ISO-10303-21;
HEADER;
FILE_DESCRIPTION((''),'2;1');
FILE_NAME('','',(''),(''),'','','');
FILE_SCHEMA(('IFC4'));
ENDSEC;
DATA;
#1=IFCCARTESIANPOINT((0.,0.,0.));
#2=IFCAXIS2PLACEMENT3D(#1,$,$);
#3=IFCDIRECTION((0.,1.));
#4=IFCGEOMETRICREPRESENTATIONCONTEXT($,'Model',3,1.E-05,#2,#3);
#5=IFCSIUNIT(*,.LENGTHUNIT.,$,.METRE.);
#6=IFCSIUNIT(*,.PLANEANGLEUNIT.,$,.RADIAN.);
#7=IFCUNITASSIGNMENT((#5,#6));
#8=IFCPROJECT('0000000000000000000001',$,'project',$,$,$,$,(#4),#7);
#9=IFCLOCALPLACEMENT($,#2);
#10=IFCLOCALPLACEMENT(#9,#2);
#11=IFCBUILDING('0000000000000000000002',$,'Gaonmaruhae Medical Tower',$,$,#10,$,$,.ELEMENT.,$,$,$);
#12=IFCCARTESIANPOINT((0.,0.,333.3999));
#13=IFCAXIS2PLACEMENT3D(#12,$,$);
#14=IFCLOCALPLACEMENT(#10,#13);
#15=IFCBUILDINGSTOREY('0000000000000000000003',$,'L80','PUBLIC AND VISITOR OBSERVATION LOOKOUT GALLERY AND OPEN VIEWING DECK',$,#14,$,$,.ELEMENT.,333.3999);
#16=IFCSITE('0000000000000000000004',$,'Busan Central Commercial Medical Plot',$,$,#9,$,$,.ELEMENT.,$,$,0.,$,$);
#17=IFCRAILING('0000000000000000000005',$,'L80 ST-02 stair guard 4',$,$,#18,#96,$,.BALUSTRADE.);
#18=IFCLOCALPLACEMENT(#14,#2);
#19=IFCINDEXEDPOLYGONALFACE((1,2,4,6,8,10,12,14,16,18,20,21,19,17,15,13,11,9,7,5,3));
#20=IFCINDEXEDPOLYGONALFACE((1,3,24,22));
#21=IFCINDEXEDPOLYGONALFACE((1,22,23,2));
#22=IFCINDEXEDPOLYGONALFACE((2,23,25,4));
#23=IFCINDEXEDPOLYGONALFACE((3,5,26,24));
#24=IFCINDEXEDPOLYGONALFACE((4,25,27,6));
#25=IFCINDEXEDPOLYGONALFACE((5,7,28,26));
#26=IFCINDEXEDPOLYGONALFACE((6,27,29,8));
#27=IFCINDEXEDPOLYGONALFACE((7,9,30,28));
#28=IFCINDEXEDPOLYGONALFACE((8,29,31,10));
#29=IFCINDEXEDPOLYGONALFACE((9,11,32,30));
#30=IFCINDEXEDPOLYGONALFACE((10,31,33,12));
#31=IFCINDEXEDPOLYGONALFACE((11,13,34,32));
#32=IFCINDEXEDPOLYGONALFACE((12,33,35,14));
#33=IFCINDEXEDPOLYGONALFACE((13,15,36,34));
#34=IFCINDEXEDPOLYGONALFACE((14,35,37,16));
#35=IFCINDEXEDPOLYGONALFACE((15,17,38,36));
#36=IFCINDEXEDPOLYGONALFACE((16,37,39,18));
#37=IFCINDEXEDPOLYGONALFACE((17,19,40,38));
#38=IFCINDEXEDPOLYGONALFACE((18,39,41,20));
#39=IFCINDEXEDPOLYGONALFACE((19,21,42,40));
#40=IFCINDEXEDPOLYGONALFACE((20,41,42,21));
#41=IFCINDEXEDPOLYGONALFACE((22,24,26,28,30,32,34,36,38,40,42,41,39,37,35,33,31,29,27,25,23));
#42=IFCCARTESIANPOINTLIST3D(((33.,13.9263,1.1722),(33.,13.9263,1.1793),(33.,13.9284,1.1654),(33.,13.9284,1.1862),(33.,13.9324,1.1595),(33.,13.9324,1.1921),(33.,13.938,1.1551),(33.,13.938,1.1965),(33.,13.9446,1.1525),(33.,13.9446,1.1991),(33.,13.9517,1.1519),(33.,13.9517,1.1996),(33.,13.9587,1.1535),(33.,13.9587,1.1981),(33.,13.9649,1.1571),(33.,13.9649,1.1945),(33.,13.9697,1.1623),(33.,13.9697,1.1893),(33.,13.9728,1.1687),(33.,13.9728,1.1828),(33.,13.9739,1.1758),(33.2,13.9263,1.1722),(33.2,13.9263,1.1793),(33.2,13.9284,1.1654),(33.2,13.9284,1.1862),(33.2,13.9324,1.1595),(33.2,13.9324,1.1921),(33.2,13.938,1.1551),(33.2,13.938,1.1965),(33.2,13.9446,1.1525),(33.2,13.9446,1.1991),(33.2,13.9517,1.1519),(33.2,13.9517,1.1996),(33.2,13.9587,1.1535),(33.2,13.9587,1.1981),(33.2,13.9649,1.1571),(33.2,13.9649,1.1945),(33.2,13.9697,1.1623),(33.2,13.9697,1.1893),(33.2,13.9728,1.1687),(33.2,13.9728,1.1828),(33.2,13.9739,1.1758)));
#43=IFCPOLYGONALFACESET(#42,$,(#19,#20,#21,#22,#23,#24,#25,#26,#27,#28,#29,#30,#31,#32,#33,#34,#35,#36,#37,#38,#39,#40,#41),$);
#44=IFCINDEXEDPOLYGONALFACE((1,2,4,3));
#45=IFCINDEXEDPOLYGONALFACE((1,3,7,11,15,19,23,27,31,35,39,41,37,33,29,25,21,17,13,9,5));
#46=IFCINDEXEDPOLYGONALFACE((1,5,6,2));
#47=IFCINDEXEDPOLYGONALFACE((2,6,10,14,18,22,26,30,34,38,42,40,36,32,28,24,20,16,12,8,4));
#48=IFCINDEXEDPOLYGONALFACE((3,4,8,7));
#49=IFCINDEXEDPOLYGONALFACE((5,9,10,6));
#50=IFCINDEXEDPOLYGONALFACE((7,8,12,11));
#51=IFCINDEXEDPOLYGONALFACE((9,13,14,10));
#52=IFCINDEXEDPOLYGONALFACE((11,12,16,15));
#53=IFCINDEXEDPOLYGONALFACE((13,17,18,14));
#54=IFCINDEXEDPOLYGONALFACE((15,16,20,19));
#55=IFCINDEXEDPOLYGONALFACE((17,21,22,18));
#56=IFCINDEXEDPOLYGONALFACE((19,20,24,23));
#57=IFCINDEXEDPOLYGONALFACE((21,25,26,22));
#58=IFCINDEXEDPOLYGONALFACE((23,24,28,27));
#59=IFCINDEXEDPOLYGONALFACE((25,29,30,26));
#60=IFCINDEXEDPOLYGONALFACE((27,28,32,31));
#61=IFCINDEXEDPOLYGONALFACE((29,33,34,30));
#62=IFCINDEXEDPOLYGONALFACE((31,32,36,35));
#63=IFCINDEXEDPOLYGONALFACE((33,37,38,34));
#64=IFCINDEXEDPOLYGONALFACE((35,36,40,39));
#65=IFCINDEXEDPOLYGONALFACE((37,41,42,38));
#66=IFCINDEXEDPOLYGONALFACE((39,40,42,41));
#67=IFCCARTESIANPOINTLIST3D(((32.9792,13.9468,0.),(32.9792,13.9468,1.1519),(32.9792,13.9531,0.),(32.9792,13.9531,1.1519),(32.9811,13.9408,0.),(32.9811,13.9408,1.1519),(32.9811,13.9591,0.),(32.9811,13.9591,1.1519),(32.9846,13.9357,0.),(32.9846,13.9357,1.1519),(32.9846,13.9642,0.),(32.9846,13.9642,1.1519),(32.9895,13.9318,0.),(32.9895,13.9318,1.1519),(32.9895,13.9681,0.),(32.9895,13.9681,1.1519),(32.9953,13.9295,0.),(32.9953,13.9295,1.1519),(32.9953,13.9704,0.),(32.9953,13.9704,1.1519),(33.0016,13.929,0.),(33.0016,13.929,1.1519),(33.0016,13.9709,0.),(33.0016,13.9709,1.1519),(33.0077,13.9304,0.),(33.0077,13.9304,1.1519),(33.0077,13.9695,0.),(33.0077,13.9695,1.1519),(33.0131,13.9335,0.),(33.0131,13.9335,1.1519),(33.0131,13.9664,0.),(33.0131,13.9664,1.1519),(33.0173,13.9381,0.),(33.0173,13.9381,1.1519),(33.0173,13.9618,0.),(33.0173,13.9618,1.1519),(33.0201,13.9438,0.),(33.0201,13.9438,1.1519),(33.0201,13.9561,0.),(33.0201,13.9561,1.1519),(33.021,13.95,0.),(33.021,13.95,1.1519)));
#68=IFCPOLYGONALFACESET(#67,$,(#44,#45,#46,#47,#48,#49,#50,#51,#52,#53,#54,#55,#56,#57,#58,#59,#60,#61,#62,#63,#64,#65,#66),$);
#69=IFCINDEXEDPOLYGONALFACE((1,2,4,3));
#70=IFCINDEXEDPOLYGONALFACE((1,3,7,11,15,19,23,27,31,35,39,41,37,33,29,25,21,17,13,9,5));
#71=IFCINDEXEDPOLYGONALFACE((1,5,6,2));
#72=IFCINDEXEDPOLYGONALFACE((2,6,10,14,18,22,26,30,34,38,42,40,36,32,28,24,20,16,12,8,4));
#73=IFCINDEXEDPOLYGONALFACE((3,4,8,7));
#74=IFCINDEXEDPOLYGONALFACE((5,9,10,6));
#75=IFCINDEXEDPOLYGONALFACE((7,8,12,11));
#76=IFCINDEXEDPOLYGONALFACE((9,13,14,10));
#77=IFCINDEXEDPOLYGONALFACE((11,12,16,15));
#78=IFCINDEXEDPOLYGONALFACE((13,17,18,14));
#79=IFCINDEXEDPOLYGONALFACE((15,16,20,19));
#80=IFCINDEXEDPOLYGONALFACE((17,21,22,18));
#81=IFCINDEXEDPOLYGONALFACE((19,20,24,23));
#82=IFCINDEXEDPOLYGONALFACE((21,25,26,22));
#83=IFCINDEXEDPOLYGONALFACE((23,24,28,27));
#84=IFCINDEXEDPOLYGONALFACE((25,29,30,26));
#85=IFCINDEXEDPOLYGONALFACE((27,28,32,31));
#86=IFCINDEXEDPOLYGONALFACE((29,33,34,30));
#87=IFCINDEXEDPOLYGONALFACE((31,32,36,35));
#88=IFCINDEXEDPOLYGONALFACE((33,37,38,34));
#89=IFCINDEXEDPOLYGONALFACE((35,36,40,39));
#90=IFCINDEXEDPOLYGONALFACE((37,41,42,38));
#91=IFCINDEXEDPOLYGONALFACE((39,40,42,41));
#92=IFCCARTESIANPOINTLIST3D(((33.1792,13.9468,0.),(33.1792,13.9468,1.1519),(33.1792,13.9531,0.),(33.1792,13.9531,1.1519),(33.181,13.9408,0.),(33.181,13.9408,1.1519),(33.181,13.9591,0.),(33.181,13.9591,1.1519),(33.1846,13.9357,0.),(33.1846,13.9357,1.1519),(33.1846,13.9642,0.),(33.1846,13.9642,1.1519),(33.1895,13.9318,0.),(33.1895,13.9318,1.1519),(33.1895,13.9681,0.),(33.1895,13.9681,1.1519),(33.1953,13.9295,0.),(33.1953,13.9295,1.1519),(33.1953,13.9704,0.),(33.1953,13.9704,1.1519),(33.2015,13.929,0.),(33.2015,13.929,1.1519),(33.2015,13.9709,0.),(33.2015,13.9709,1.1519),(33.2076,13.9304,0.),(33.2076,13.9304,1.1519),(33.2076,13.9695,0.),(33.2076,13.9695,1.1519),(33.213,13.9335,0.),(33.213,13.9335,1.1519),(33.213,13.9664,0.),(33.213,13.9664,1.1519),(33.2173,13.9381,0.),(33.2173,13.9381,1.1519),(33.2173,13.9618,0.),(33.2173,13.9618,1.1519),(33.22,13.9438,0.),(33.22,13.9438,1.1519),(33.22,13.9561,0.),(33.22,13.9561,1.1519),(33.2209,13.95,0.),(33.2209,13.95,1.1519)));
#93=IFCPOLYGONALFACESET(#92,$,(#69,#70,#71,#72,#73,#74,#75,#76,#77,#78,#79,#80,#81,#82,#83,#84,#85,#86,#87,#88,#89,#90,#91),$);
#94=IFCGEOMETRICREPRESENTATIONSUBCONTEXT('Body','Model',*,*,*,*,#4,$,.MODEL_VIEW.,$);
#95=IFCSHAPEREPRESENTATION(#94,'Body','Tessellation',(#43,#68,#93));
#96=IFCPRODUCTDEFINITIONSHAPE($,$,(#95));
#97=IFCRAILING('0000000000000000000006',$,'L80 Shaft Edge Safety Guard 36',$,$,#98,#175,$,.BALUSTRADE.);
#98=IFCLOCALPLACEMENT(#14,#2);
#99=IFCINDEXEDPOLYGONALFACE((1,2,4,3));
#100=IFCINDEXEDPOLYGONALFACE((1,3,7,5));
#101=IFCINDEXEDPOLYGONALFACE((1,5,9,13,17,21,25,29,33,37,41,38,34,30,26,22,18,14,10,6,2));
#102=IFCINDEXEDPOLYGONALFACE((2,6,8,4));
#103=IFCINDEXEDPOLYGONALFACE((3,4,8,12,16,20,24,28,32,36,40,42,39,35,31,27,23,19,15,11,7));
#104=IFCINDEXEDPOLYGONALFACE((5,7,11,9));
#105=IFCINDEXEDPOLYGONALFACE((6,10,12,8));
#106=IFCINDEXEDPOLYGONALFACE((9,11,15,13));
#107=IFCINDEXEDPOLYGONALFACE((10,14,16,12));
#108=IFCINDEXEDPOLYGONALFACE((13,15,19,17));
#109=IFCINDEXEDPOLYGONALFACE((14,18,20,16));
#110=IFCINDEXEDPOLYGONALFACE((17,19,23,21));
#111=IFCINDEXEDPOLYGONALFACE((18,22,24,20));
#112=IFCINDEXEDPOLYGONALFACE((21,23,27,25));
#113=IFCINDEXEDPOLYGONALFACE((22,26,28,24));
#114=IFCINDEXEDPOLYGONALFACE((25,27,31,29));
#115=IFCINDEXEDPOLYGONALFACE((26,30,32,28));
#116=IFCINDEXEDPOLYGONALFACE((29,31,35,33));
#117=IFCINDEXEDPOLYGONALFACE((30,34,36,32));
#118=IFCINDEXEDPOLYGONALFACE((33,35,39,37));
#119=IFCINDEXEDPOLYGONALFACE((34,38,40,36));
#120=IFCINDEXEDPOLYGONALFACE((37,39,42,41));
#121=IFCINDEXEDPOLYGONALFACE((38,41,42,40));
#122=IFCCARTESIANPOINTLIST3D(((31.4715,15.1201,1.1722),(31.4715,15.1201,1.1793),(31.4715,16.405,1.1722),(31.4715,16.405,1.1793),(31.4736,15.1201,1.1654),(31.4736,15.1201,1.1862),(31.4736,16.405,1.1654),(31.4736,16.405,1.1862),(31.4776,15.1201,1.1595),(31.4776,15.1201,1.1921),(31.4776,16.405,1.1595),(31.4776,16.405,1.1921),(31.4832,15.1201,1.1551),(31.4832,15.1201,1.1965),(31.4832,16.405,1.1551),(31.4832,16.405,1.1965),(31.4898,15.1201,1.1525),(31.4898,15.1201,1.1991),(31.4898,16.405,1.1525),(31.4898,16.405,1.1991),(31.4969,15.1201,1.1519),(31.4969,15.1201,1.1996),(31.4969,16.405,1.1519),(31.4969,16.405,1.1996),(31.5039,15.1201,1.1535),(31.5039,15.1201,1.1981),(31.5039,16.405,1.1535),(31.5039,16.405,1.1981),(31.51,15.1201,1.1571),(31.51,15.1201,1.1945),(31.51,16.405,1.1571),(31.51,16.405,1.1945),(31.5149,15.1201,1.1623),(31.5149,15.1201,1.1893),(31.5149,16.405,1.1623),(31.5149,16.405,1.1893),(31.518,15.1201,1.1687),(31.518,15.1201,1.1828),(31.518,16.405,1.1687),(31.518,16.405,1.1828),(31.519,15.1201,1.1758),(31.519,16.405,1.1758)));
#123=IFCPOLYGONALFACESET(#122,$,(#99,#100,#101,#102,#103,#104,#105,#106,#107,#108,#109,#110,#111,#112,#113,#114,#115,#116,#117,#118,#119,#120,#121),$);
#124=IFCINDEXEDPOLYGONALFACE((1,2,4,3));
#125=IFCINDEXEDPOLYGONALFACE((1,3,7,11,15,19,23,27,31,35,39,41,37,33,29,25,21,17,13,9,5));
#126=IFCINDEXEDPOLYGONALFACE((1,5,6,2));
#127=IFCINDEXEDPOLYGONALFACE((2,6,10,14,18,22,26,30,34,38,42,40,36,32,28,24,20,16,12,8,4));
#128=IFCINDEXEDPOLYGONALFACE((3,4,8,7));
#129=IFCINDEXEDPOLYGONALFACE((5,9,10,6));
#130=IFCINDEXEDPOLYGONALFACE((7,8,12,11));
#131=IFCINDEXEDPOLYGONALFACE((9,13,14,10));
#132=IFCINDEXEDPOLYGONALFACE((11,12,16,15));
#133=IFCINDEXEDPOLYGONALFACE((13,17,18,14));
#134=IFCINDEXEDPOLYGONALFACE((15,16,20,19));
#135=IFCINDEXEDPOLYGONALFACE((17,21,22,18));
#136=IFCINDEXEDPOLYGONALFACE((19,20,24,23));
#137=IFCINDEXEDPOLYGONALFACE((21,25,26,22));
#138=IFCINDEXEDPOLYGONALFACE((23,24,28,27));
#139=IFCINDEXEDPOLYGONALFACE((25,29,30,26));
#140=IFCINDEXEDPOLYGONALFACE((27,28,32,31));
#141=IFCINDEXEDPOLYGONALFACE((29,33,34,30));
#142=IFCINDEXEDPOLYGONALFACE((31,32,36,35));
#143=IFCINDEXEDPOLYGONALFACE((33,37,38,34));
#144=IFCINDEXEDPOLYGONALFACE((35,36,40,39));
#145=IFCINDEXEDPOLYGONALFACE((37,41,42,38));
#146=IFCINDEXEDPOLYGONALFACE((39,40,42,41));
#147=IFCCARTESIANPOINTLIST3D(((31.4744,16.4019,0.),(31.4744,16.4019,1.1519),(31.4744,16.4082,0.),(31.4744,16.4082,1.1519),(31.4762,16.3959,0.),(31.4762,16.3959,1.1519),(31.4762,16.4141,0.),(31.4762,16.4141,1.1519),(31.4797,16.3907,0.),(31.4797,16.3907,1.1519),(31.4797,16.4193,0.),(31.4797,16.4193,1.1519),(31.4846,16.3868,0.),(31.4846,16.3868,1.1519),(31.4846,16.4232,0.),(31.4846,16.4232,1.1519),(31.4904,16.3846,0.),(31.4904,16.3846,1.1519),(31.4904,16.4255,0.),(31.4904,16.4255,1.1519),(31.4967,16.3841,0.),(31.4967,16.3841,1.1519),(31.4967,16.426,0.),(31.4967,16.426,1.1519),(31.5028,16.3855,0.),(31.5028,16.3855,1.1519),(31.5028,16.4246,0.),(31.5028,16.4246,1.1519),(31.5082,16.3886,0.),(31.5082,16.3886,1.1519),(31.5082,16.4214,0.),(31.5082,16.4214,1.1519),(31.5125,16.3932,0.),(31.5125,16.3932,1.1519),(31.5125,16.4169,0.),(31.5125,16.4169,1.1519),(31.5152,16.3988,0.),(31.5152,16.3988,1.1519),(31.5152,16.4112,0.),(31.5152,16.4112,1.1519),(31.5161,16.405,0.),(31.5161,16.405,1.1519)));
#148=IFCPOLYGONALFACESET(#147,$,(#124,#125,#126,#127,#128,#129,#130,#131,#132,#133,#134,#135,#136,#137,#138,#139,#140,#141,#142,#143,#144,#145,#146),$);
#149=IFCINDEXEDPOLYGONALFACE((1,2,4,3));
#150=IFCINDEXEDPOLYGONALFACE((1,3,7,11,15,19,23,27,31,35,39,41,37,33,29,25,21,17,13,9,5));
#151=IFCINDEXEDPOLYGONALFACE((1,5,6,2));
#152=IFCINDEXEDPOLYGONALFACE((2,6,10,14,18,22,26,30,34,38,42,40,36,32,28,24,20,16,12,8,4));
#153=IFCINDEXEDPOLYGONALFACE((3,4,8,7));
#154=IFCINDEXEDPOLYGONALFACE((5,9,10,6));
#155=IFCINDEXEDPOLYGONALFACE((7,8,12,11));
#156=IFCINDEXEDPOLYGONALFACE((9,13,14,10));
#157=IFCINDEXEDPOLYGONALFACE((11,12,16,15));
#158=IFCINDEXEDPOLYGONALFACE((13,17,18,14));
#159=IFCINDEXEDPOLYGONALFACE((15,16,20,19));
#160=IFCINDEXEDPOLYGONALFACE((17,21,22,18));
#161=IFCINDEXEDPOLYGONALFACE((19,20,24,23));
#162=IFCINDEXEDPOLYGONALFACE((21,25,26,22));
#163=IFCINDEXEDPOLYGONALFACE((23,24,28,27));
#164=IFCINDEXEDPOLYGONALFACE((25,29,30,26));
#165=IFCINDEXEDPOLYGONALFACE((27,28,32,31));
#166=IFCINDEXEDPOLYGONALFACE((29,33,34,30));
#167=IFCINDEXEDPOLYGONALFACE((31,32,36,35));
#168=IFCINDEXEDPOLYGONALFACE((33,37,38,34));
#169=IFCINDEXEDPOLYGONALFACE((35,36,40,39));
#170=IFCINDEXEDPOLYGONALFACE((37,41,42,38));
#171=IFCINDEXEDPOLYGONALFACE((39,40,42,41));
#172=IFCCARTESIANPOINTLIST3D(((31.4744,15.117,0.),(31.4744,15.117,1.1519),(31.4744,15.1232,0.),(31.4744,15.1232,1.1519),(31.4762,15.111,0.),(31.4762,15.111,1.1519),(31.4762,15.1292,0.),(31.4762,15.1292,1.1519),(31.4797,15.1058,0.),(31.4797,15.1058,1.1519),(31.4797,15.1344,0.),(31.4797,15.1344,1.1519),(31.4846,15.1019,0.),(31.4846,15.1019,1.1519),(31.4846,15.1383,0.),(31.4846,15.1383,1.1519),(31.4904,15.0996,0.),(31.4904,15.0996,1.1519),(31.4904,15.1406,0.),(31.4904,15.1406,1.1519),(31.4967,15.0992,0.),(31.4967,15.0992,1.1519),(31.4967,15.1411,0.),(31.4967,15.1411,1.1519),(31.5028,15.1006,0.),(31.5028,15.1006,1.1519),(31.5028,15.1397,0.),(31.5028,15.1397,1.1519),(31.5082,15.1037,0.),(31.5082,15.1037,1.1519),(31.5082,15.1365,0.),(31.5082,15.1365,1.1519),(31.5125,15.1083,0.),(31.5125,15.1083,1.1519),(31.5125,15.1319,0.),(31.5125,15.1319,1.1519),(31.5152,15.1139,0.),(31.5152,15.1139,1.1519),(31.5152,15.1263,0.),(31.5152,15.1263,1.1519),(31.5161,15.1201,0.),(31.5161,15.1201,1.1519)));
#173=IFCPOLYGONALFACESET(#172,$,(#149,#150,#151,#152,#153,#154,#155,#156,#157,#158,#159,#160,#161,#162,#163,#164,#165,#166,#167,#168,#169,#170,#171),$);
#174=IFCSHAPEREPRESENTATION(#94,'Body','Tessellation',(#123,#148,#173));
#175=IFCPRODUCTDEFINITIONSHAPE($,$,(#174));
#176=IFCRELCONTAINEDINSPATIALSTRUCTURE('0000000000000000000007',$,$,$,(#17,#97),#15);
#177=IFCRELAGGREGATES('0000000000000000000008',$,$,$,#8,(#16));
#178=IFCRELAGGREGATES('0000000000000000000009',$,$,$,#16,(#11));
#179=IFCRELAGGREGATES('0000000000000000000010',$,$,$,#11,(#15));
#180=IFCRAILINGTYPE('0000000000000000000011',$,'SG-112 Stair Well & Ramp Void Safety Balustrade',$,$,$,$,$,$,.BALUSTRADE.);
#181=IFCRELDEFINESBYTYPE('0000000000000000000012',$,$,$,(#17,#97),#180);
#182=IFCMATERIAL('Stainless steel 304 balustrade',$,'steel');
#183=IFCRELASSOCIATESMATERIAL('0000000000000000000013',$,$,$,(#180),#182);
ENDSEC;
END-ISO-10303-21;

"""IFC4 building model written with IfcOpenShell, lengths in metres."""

from ifc_helpers import new_model, si_unit, direction, frame, origin, origin_2d, place, context, subcontext, project, spatial, circle, extrude, material, type_object, element, save


model = new_model("IFC4")

# Units and contexts
model_context = context("Model", 3, precision=1e-05, world=origin(), true_north=direction((0.0, 1.0)))
body_context = subcontext(model_context, "Body", "Model", "MODEL_VIEW")
ifc_project = project(units=[si_unit("LENGTHUNIT", "METRE"), si_unit("PLANEANGLEUNIT", "RADIAN")], contexts=[model_context])

# Site, building, storey
site_placement = place(None, origin())
site = spatial("IfcSite", under=ifc_project, at=site_placement, Name="Busan Central Commercial Medical Plot", CompositionType="ELEMENT", RefElevation=0.0)
building_placement = place(site_placement, origin())
building = spatial("IfcBuilding", under=site, at=building_placement, Name="Gaonmaruhae Medical Tower", CompositionType="ELEMENT")
storey_placement = place(building_placement, frame((0.0, 0.0, 333.3999)))
storey = spatial("IfcBuildingStorey", under=building, at=storey_placement, Name="L80", Description="PUBLIC AND VISITOR OBSERVATION LOOKOUT GALLERY AND OPEN VIEWING DECK", CompositionType="ELEMENT", Elevation=333.3999)

# Railings
ifc_material_1 = material(Name="Stainless steel 304 balustrade", Category="steel")
railing_type_1 = type_object("IfcRailingType", Name="SG-112 Stair Well & Ramp Void Safety Balustrade", PredefinedType="BALUSTRADE", material=ifc_material_1)
railing_1_placement = place(storey_placement, frame((33.0, 13.95, 0.0)))
element("IfcRailing", 1, at=railing_1_placement, inside=storey, type_object=railing_type_1, Name="L80 ST-02 stair guard 4", PredefinedType="BALUSTRADE", context=body_context, shape_type="SweptSolid", body=[
    extrude(circle(Radius=0.0239, at=origin_2d()), frame((0.0, 0.0, 1.1758), z_axis=(1.0, 0.0, 0.0), x_axis=(0.0, 1.0, 0.0)), (0.0, 0.0, 1.0), 0.2),
    extrude(circle(Radius=0.021, at=origin_2d()), origin(), (0.0, 0.0, 1.0), 1.1519),
    extrude(circle(Radius=0.021, at=origin_2d()), frame((0.2, 0.0, 0.0)), (0.0, 0.0, 1.0), 1.1519),
])
railing_2_placement = place(storey_placement, frame((31.4951, 16.405, 0.0)))
element("IfcRailing", 2, at=railing_2_placement, inside=storey, type_object=railing_type_1, Name="L80 Shaft Edge Safety Guard 36", PredefinedType="BALUSTRADE", context=body_context, shape_type="SweptSolid", body=[
    extrude(circle(Radius=0.0239, at=origin_2d()), frame((0.0, 0.0, 1.1758), z_axis=(0.0, -1.0, 0.0), x_axis=(1.0, 0.0, 0.0)), (0.0, 0.0, 1.0), 1.2849),
    extrude(circle(Radius=0.021, at=origin_2d()), origin(), (0.0, 0.0, 1.0), 1.1519),
    extrude(circle(Radius=0.021, at=origin_2d()), frame((0.0, -1.2849, 0.0)), (0.0, 0.0, 1.0), 1.1519),
])

save(model, "model.ifc")
